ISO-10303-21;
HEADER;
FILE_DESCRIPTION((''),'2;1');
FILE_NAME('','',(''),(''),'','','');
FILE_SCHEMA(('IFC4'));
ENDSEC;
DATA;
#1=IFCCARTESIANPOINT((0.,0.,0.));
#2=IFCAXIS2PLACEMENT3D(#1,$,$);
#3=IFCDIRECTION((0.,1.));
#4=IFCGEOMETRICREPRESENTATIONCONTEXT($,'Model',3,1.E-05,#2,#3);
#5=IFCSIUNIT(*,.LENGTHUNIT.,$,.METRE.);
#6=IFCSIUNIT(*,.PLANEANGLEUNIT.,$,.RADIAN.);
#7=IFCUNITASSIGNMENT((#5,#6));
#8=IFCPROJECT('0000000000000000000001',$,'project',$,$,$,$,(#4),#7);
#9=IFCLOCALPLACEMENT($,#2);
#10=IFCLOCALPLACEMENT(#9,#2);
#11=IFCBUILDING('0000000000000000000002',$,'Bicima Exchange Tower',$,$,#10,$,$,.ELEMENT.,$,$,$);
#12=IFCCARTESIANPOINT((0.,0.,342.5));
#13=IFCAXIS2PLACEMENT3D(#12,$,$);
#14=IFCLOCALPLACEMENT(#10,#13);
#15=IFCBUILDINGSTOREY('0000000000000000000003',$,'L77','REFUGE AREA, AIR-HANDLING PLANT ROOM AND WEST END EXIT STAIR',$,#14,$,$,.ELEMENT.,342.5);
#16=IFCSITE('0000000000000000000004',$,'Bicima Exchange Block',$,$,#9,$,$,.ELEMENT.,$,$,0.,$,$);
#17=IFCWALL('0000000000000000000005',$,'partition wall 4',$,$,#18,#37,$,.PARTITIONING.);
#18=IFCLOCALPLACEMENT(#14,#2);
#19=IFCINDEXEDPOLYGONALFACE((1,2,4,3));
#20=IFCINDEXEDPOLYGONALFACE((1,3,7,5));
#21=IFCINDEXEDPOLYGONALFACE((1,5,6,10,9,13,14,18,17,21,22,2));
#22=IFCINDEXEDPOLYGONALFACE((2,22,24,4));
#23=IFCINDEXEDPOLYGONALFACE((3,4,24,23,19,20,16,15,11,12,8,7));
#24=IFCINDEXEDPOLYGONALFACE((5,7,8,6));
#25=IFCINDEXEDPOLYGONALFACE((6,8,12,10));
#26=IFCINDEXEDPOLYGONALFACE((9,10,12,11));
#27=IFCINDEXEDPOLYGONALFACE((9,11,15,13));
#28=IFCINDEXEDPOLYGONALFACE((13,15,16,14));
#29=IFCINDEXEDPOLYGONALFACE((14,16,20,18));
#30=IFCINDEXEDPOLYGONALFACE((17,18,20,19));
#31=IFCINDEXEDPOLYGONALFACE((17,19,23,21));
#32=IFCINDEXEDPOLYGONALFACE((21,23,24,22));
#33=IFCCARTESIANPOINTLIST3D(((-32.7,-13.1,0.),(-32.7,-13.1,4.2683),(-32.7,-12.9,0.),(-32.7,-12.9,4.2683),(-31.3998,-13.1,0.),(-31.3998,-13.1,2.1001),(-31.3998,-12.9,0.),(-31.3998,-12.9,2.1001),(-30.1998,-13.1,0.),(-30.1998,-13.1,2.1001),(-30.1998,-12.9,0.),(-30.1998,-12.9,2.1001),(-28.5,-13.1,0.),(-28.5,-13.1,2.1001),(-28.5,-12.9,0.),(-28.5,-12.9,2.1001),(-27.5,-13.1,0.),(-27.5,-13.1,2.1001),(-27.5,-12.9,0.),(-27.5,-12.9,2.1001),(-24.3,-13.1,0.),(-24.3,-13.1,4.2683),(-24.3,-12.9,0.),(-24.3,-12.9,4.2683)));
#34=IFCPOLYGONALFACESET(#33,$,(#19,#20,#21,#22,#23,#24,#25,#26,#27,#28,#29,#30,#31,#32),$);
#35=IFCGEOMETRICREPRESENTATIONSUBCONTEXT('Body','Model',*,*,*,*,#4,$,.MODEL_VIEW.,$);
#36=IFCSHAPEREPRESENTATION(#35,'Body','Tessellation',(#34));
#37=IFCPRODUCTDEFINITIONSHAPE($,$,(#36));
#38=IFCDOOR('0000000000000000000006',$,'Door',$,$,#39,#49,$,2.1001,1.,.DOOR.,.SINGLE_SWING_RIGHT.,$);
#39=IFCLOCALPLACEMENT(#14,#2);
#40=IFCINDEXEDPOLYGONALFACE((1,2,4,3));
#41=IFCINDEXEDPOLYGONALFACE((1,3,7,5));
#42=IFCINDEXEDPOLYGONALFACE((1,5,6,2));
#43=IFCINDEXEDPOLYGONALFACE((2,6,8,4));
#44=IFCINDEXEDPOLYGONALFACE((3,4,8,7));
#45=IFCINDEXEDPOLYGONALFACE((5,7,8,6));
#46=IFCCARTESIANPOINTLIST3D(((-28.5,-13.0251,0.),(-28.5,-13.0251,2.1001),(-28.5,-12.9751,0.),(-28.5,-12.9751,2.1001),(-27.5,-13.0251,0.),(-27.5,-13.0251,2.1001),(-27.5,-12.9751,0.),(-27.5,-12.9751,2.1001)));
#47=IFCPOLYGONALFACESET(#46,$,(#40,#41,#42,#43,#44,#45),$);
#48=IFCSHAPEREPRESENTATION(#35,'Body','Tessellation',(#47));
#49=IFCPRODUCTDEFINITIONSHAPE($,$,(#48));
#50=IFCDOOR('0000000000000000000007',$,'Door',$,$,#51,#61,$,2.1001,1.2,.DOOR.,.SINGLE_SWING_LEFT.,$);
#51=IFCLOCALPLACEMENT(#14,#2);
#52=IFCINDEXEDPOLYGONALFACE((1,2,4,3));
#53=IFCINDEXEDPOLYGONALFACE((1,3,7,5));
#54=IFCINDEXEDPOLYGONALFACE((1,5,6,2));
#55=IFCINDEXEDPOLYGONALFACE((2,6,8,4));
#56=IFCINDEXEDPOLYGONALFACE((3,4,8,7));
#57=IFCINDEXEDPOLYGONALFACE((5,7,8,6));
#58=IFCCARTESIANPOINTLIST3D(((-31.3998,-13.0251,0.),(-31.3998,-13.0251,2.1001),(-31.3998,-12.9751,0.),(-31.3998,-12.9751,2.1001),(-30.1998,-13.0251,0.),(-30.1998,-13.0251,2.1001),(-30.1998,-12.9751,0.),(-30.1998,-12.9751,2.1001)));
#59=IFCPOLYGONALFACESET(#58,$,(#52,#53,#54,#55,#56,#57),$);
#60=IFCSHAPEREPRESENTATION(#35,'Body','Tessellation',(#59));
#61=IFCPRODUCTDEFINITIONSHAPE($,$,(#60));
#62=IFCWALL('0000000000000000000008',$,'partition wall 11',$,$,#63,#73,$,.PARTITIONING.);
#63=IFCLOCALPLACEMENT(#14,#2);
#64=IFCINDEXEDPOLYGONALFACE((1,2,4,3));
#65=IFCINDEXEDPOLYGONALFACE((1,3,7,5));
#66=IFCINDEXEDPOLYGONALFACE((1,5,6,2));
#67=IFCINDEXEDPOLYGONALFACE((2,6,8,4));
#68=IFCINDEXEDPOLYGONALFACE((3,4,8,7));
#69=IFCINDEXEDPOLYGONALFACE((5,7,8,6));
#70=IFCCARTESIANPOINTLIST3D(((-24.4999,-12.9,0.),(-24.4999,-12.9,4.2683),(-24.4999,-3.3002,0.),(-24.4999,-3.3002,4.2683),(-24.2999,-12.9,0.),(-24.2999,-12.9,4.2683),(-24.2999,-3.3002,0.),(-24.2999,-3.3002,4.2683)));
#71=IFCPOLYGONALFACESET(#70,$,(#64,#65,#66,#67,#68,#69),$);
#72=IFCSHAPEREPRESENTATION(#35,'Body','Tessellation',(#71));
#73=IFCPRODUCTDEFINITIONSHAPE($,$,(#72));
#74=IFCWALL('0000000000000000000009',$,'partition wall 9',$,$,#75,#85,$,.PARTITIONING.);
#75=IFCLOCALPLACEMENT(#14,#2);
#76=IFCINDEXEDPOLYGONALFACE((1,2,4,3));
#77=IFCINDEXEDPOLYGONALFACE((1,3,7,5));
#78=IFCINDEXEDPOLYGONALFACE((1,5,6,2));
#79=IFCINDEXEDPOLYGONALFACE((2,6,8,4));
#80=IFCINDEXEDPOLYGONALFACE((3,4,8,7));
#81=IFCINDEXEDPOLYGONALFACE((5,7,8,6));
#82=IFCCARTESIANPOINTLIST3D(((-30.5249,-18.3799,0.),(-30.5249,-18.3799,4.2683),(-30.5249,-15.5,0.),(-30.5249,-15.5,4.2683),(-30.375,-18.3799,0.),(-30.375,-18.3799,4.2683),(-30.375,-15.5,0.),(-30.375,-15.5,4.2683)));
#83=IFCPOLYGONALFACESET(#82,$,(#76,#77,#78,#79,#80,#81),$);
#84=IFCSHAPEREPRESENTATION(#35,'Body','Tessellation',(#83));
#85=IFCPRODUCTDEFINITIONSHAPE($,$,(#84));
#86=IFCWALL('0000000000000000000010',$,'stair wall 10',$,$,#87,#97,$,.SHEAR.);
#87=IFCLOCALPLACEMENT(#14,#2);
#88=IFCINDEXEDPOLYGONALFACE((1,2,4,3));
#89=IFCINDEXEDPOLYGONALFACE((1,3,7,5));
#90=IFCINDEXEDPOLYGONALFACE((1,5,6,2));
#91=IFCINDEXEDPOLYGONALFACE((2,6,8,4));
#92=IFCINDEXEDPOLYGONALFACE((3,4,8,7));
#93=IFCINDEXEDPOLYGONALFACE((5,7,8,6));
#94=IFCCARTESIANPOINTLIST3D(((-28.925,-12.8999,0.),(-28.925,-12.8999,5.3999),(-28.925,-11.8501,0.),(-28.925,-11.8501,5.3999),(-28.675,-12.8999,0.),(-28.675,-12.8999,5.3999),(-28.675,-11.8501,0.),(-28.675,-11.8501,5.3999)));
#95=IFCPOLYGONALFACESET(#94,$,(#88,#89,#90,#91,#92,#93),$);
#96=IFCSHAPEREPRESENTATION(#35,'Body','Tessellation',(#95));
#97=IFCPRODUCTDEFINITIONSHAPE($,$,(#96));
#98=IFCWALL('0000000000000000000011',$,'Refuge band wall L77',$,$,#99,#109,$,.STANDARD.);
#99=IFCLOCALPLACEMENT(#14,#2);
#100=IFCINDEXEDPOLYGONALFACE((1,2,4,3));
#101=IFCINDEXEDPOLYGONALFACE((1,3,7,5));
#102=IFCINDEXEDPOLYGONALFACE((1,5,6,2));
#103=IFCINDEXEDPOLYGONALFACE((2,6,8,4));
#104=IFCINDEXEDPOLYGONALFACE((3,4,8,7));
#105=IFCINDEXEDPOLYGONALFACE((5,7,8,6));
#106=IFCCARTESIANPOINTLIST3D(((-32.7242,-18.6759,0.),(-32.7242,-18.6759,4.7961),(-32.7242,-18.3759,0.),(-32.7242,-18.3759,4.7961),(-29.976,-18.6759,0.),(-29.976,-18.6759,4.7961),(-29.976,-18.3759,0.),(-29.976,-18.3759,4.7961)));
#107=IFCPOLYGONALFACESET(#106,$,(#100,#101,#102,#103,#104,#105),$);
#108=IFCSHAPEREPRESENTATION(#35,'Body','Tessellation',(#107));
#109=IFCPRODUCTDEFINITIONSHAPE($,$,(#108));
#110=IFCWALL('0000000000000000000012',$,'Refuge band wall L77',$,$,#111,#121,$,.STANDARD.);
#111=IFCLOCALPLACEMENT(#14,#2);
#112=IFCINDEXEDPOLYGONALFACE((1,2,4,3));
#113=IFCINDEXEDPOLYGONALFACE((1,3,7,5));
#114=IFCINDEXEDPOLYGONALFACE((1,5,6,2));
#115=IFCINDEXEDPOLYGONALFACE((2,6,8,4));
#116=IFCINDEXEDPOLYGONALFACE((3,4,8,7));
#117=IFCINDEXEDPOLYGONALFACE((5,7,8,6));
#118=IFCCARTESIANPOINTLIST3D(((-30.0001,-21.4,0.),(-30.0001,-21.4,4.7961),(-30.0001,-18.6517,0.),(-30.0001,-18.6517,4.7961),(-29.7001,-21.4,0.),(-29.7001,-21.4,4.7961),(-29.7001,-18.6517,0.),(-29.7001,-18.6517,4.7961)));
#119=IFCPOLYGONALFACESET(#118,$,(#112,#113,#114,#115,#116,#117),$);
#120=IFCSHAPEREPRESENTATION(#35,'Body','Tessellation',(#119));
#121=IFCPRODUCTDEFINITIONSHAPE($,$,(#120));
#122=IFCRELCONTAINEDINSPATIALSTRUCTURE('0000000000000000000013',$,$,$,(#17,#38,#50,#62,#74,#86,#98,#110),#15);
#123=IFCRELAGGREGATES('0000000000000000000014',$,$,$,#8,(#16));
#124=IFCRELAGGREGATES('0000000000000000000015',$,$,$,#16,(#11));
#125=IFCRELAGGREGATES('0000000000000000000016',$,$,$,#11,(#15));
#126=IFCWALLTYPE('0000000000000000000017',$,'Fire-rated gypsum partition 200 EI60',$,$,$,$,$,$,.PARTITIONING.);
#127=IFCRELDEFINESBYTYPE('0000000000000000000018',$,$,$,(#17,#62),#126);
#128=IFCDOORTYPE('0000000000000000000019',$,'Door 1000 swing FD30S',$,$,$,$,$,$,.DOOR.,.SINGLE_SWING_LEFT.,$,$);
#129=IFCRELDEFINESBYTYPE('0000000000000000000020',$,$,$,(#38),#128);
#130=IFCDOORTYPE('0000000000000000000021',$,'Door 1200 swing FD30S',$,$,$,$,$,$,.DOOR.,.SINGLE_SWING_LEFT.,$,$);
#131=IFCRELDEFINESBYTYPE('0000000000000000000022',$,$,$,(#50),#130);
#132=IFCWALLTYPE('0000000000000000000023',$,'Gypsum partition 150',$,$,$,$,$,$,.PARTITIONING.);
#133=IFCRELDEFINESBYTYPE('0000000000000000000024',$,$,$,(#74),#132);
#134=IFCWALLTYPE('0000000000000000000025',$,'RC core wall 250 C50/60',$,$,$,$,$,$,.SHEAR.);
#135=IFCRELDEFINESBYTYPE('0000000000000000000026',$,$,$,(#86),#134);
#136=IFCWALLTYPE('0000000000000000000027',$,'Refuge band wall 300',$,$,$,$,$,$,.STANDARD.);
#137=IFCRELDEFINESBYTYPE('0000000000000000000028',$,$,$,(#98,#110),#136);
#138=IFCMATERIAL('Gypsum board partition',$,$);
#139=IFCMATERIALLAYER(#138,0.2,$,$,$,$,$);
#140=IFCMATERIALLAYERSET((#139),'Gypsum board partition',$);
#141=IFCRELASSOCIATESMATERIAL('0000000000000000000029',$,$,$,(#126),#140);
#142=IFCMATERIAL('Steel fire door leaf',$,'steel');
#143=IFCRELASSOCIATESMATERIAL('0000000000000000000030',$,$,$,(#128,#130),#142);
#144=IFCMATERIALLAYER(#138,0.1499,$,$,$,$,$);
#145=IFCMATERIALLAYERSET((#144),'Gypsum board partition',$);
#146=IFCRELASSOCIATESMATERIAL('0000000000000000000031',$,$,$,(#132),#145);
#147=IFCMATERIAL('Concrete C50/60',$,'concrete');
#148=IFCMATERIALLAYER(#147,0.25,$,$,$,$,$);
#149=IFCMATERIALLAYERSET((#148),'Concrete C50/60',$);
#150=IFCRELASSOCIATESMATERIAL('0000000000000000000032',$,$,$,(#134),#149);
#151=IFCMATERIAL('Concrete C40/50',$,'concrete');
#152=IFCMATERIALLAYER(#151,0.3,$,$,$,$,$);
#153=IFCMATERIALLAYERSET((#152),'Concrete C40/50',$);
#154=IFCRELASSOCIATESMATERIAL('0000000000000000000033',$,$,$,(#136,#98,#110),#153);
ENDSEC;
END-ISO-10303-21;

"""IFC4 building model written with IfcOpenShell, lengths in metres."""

from ifc_helpers import new_model, si_unit, direction, frame, frame_2d, origin, place, context, subcontext, project, spatial, rectangle, extrude, material, layer, layer_set, layer_usage, type_object, element, fill, save


model = new_model("IFC4")

# Units and contexts
model_context = context("Model", 3, precision=1e-05, world=origin(), true_north=direction((0.0, 1.0)))
body_context = subcontext(model_context, "Body", "Model", "MODEL_VIEW")
ifc_project = project(units=[si_unit("LENGTHUNIT", "METRE"), si_unit("PLANEANGLEUNIT", "RADIAN")], contexts=[model_context])

# Site, building, storey
site_placement = place(None, origin())
site = spatial("IfcSite", under=ifc_project, at=site_placement, Name="Bicima Exchange Block", CompositionType="ELEMENT", RefElevation=0.0)
building_placement = place(site_placement, origin())
building = spatial("IfcBuilding", under=site, at=building_placement, Name="Bicima Exchange Tower", CompositionType="ELEMENT")
storey_placement = place(building_placement, frame((0.0, 0.0, 342.5)))
storey = spatial("IfcBuildingStorey", under=building, at=storey_placement, Name="L77", Description="REFUGE AREA, AIR-HANDLING PLANT ROOM AND WEST END EXIT STAIR", CompositionType="ELEMENT", Elevation=342.5)

# Wall, openings, doors
ifc_material_1 = material(Name="Gypsum board partition")
ifc_layer_1 = layer(ifc_material_1, 0.2)
ifc_layer_set_1 = layer_set([ifc_layer_1], Name="Gypsum board partition")
wall_type_1 = type_object("IfcWallType", Name="Fire-rated gypsum partition 200 EI60", PredefinedType="PARTITIONING", material=ifc_layer_set_1)
ifc_material_2 = material(Name="Steel fire door leaf", Category="steel")
door_type_1 = type_object("IfcDoorType", Name="Door 1000 swing FD30S", OperationType="SINGLE_SWING_LEFT", PredefinedType="DOOR", material=ifc_material_2)
wall_1_placement = place(storey_placement, frame((-32.7, -13.0, 0.0), z_axis=(0.0, 0.0, 1.0), x_axis=(1.0, 0.0, 0.0)))
wall_1 = element("IfcWall", 1, at=wall_1_placement, inside=storey, type_object=wall_type_1, Name="partition wall 4", PredefinedType="PARTITIONING", context=body_context, shape_type="SweptSolid", body=[
    extrude(rectangle(XDim=8.3999, YDim=0.2, at=frame_2d((4.2, 0.0))), origin(), (0.0, 0.0, 1.0), 4.2683),
])
opening_1_placement = place(wall_1_placement, frame((1.3, 0.0, 0.0)))
opening_1 = element("IfcOpeningElement", 2, at=opening_1_placement, cuts=wall_1, PredefinedType="OPENING", context=body_context, shape_type="SweptSolid", body=[
    extrude(rectangle(XDim=1.2, YDim=2.1001, at=frame_2d((0.6001, 1.05))), frame((0.0, 0.1118, 0.0), z_axis=(0.0, -1.0, 0.0), x_axis=(1.0, 0.0, 0.0)), (0.0, 0.0, 1.0), 0.2239),
])
opening_2_placement = place(wall_1_placement, frame((4.2, 0.0, 0.0)))
opening_2 = element("IfcOpeningElement", 3, at=opening_2_placement, cuts=wall_1, PredefinedType="OPENING", context=body_context, shape_type="SweptSolid", body=[
    extrude(rectangle(XDim=1.0, YDim=2.1001, at=frame_2d((0.5, 1.05))), frame((0.0, 0.1118, 0.0), z_axis=(0.0, -1.0, 0.0), x_axis=(1.0, 0.0, 0.0)), (0.0, 0.0, 1.0), 0.2239),
])
door_1_placement = place(opening_2_placement, origin())
door_1 = element("IfcDoor", 4, at=door_1_placement, inside=storey, type_object=door_type_1, Name="Door", OperationType="SINGLE_SWING_RIGHT", OverallHeight=2.1001, OverallWidth=1.0, PredefinedType="DOOR", context=body_context, shape_type="SweptSolid", body=[
    extrude(rectangle(XDim=1.0, YDim=2.1001, at=frame_2d((0.5, 1.05))), frame((0.0, 0.0249, 0.0), z_axis=(0.0, -1.0, 0.0), x_axis=(1.0, 0.0, 0.0)), (0.0, 0.0, 1.0), 0.05),
])
fill(opening_2, door_1)
door_type_2 = type_object("IfcDoorType", Name="Door 1200 swing FD30S", OperationType="SINGLE_SWING_LEFT", PredefinedType="DOOR", material=ifc_material_2)
door_2_placement = place(opening_1_placement, origin())
door_2 = element("IfcDoor", 5, at=door_2_placement, inside=storey, type_object=door_type_2, Name="Door", OperationType="SINGLE_SWING_LEFT", OverallHeight=2.1001, OverallWidth=1.2, PredefinedType="DOOR", context=body_context, shape_type="SweptSolid", body=[
    extrude(rectangle(XDim=1.2, YDim=2.1001, at=frame_2d((0.6001, 1.05))), frame((0.0, 0.0249, 0.0), z_axis=(0.0, -1.0, 0.0), x_axis=(1.0, 0.0, 0.0)), (0.0, 0.0, 1.0), 0.05),
])
fill(opening_1, door_2)

# Walls
wall_2_placement = place(storey_placement, frame((-24.3999, -12.8999, 0.0), z_axis=(0.0, 0.0, 1.0), x_axis=(0.0, 1.0, 0.0)))
element("IfcWall", 6, at=wall_2_placement, inside=storey, type_object=wall_type_1, Name="partition wall 11", PredefinedType="PARTITIONING", context=body_context, shape_type="SweptSolid", body=[
    extrude(rectangle(XDim=9.5999, YDim=0.2, at=frame_2d((4.7998, 0.0))), origin(), (0.0, 0.0, 1.0), 4.2683),
])
ifc_layer_2 = layer(ifc_material_1, 0.1499)
ifc_layer_set_2 = layer_set([ifc_layer_2], Name="Gypsum board partition")
wall_type_2 = type_object("IfcWallType", Name="Gypsum partition 150", PredefinedType="PARTITIONING", material=ifc_layer_set_2)
wall_3_placement = place(storey_placement, frame((-30.45, -18.3799, 0.0), z_axis=(0.0, 0.0, 1.0), x_axis=(0.0, 1.0, 0.0)))
element("IfcWall", 7, at=wall_3_placement, inside=storey, type_object=wall_type_2, Name="partition wall 9", PredefinedType="PARTITIONING", context=body_context, shape_type="SweptSolid", body=[
    extrude(rectangle(XDim=2.8799, YDim=0.1499, at=frame_2d((1.4399, 0.0))), origin(), (0.0, 0.0, 1.0), 4.2683),
])
ifc_material_3 = material(Name="Concrete C50/60", Category="concrete")
ifc_layer_3 = layer(ifc_material_3, 0.25)
ifc_layer_set_3 = layer_set([ifc_layer_3], Name="Concrete C50/60")
wall_type_3 = type_object("IfcWallType", Name="RC core wall 250 C50/60", PredefinedType="SHEAR", material=ifc_layer_set_3)
wall_4_placement = place(storey_placement, frame((-28.8, -12.8999, 0.0), z_axis=(0.0, 0.0, 1.0), x_axis=(0.0, 1.0, 0.0)))
element("IfcWall", 8, at=wall_4_placement, inside=storey, type_object=wall_type_3, Name="stair wall 10", PredefinedType="SHEAR", context=body_context, shape_type="SweptSolid", body=[
    extrude(rectangle(XDim=1.0498, YDim=0.25, at=frame_2d((0.5249, 0.0))), origin(), (0.0, 0.0, 1.0), 5.3999),
])
ifc_material_4 = material(Name="Concrete C40/50", Category="concrete")
ifc_layer_4 = layer(ifc_material_4, 0.3)
ifc_layer_set_4 = layer_set([ifc_layer_4], Name="Concrete C40/50")
ifc_layer_usage = layer_usage(ifc_layer_set_4, "AXIS2", "POSITIVE", -0.15)
wall_type_4 = type_object("IfcWallType", Name="Refuge band wall 300", PredefinedType="STANDARD", material=ifc_layer_set_4)
for number, where, z_axis, x_axis, name in (
    (9, (-32.7241, -18.5259, 0.0), (0.0, 0.0, 1.0), (1.0, 0.0, 0.0), "Refuge band wall L77"),
    (10, (-29.8501, -18.6519, 0.0), (0.0, 0.0, 1.0), (0.0, -1.0, 0.0), "Refuge band wall L77"),
):
    element("IfcWall", number, at=place(storey_placement, frame(where, z_axis=z_axis, x_axis=x_axis)), inside=storey, type_object=wall_type_4, material=ifc_layer_usage, Name=name, PredefinedType="STANDARD", context=body_context, shape_type="SweptSolid", body=[
        extrude(rectangle(XDim=2.7483, YDim=0.3, at=frame_2d((1.374, 0.0))), origin(), (0.0, 0.0, 1.0), 4.7961),
    ])

save(model, "model.ifc")
